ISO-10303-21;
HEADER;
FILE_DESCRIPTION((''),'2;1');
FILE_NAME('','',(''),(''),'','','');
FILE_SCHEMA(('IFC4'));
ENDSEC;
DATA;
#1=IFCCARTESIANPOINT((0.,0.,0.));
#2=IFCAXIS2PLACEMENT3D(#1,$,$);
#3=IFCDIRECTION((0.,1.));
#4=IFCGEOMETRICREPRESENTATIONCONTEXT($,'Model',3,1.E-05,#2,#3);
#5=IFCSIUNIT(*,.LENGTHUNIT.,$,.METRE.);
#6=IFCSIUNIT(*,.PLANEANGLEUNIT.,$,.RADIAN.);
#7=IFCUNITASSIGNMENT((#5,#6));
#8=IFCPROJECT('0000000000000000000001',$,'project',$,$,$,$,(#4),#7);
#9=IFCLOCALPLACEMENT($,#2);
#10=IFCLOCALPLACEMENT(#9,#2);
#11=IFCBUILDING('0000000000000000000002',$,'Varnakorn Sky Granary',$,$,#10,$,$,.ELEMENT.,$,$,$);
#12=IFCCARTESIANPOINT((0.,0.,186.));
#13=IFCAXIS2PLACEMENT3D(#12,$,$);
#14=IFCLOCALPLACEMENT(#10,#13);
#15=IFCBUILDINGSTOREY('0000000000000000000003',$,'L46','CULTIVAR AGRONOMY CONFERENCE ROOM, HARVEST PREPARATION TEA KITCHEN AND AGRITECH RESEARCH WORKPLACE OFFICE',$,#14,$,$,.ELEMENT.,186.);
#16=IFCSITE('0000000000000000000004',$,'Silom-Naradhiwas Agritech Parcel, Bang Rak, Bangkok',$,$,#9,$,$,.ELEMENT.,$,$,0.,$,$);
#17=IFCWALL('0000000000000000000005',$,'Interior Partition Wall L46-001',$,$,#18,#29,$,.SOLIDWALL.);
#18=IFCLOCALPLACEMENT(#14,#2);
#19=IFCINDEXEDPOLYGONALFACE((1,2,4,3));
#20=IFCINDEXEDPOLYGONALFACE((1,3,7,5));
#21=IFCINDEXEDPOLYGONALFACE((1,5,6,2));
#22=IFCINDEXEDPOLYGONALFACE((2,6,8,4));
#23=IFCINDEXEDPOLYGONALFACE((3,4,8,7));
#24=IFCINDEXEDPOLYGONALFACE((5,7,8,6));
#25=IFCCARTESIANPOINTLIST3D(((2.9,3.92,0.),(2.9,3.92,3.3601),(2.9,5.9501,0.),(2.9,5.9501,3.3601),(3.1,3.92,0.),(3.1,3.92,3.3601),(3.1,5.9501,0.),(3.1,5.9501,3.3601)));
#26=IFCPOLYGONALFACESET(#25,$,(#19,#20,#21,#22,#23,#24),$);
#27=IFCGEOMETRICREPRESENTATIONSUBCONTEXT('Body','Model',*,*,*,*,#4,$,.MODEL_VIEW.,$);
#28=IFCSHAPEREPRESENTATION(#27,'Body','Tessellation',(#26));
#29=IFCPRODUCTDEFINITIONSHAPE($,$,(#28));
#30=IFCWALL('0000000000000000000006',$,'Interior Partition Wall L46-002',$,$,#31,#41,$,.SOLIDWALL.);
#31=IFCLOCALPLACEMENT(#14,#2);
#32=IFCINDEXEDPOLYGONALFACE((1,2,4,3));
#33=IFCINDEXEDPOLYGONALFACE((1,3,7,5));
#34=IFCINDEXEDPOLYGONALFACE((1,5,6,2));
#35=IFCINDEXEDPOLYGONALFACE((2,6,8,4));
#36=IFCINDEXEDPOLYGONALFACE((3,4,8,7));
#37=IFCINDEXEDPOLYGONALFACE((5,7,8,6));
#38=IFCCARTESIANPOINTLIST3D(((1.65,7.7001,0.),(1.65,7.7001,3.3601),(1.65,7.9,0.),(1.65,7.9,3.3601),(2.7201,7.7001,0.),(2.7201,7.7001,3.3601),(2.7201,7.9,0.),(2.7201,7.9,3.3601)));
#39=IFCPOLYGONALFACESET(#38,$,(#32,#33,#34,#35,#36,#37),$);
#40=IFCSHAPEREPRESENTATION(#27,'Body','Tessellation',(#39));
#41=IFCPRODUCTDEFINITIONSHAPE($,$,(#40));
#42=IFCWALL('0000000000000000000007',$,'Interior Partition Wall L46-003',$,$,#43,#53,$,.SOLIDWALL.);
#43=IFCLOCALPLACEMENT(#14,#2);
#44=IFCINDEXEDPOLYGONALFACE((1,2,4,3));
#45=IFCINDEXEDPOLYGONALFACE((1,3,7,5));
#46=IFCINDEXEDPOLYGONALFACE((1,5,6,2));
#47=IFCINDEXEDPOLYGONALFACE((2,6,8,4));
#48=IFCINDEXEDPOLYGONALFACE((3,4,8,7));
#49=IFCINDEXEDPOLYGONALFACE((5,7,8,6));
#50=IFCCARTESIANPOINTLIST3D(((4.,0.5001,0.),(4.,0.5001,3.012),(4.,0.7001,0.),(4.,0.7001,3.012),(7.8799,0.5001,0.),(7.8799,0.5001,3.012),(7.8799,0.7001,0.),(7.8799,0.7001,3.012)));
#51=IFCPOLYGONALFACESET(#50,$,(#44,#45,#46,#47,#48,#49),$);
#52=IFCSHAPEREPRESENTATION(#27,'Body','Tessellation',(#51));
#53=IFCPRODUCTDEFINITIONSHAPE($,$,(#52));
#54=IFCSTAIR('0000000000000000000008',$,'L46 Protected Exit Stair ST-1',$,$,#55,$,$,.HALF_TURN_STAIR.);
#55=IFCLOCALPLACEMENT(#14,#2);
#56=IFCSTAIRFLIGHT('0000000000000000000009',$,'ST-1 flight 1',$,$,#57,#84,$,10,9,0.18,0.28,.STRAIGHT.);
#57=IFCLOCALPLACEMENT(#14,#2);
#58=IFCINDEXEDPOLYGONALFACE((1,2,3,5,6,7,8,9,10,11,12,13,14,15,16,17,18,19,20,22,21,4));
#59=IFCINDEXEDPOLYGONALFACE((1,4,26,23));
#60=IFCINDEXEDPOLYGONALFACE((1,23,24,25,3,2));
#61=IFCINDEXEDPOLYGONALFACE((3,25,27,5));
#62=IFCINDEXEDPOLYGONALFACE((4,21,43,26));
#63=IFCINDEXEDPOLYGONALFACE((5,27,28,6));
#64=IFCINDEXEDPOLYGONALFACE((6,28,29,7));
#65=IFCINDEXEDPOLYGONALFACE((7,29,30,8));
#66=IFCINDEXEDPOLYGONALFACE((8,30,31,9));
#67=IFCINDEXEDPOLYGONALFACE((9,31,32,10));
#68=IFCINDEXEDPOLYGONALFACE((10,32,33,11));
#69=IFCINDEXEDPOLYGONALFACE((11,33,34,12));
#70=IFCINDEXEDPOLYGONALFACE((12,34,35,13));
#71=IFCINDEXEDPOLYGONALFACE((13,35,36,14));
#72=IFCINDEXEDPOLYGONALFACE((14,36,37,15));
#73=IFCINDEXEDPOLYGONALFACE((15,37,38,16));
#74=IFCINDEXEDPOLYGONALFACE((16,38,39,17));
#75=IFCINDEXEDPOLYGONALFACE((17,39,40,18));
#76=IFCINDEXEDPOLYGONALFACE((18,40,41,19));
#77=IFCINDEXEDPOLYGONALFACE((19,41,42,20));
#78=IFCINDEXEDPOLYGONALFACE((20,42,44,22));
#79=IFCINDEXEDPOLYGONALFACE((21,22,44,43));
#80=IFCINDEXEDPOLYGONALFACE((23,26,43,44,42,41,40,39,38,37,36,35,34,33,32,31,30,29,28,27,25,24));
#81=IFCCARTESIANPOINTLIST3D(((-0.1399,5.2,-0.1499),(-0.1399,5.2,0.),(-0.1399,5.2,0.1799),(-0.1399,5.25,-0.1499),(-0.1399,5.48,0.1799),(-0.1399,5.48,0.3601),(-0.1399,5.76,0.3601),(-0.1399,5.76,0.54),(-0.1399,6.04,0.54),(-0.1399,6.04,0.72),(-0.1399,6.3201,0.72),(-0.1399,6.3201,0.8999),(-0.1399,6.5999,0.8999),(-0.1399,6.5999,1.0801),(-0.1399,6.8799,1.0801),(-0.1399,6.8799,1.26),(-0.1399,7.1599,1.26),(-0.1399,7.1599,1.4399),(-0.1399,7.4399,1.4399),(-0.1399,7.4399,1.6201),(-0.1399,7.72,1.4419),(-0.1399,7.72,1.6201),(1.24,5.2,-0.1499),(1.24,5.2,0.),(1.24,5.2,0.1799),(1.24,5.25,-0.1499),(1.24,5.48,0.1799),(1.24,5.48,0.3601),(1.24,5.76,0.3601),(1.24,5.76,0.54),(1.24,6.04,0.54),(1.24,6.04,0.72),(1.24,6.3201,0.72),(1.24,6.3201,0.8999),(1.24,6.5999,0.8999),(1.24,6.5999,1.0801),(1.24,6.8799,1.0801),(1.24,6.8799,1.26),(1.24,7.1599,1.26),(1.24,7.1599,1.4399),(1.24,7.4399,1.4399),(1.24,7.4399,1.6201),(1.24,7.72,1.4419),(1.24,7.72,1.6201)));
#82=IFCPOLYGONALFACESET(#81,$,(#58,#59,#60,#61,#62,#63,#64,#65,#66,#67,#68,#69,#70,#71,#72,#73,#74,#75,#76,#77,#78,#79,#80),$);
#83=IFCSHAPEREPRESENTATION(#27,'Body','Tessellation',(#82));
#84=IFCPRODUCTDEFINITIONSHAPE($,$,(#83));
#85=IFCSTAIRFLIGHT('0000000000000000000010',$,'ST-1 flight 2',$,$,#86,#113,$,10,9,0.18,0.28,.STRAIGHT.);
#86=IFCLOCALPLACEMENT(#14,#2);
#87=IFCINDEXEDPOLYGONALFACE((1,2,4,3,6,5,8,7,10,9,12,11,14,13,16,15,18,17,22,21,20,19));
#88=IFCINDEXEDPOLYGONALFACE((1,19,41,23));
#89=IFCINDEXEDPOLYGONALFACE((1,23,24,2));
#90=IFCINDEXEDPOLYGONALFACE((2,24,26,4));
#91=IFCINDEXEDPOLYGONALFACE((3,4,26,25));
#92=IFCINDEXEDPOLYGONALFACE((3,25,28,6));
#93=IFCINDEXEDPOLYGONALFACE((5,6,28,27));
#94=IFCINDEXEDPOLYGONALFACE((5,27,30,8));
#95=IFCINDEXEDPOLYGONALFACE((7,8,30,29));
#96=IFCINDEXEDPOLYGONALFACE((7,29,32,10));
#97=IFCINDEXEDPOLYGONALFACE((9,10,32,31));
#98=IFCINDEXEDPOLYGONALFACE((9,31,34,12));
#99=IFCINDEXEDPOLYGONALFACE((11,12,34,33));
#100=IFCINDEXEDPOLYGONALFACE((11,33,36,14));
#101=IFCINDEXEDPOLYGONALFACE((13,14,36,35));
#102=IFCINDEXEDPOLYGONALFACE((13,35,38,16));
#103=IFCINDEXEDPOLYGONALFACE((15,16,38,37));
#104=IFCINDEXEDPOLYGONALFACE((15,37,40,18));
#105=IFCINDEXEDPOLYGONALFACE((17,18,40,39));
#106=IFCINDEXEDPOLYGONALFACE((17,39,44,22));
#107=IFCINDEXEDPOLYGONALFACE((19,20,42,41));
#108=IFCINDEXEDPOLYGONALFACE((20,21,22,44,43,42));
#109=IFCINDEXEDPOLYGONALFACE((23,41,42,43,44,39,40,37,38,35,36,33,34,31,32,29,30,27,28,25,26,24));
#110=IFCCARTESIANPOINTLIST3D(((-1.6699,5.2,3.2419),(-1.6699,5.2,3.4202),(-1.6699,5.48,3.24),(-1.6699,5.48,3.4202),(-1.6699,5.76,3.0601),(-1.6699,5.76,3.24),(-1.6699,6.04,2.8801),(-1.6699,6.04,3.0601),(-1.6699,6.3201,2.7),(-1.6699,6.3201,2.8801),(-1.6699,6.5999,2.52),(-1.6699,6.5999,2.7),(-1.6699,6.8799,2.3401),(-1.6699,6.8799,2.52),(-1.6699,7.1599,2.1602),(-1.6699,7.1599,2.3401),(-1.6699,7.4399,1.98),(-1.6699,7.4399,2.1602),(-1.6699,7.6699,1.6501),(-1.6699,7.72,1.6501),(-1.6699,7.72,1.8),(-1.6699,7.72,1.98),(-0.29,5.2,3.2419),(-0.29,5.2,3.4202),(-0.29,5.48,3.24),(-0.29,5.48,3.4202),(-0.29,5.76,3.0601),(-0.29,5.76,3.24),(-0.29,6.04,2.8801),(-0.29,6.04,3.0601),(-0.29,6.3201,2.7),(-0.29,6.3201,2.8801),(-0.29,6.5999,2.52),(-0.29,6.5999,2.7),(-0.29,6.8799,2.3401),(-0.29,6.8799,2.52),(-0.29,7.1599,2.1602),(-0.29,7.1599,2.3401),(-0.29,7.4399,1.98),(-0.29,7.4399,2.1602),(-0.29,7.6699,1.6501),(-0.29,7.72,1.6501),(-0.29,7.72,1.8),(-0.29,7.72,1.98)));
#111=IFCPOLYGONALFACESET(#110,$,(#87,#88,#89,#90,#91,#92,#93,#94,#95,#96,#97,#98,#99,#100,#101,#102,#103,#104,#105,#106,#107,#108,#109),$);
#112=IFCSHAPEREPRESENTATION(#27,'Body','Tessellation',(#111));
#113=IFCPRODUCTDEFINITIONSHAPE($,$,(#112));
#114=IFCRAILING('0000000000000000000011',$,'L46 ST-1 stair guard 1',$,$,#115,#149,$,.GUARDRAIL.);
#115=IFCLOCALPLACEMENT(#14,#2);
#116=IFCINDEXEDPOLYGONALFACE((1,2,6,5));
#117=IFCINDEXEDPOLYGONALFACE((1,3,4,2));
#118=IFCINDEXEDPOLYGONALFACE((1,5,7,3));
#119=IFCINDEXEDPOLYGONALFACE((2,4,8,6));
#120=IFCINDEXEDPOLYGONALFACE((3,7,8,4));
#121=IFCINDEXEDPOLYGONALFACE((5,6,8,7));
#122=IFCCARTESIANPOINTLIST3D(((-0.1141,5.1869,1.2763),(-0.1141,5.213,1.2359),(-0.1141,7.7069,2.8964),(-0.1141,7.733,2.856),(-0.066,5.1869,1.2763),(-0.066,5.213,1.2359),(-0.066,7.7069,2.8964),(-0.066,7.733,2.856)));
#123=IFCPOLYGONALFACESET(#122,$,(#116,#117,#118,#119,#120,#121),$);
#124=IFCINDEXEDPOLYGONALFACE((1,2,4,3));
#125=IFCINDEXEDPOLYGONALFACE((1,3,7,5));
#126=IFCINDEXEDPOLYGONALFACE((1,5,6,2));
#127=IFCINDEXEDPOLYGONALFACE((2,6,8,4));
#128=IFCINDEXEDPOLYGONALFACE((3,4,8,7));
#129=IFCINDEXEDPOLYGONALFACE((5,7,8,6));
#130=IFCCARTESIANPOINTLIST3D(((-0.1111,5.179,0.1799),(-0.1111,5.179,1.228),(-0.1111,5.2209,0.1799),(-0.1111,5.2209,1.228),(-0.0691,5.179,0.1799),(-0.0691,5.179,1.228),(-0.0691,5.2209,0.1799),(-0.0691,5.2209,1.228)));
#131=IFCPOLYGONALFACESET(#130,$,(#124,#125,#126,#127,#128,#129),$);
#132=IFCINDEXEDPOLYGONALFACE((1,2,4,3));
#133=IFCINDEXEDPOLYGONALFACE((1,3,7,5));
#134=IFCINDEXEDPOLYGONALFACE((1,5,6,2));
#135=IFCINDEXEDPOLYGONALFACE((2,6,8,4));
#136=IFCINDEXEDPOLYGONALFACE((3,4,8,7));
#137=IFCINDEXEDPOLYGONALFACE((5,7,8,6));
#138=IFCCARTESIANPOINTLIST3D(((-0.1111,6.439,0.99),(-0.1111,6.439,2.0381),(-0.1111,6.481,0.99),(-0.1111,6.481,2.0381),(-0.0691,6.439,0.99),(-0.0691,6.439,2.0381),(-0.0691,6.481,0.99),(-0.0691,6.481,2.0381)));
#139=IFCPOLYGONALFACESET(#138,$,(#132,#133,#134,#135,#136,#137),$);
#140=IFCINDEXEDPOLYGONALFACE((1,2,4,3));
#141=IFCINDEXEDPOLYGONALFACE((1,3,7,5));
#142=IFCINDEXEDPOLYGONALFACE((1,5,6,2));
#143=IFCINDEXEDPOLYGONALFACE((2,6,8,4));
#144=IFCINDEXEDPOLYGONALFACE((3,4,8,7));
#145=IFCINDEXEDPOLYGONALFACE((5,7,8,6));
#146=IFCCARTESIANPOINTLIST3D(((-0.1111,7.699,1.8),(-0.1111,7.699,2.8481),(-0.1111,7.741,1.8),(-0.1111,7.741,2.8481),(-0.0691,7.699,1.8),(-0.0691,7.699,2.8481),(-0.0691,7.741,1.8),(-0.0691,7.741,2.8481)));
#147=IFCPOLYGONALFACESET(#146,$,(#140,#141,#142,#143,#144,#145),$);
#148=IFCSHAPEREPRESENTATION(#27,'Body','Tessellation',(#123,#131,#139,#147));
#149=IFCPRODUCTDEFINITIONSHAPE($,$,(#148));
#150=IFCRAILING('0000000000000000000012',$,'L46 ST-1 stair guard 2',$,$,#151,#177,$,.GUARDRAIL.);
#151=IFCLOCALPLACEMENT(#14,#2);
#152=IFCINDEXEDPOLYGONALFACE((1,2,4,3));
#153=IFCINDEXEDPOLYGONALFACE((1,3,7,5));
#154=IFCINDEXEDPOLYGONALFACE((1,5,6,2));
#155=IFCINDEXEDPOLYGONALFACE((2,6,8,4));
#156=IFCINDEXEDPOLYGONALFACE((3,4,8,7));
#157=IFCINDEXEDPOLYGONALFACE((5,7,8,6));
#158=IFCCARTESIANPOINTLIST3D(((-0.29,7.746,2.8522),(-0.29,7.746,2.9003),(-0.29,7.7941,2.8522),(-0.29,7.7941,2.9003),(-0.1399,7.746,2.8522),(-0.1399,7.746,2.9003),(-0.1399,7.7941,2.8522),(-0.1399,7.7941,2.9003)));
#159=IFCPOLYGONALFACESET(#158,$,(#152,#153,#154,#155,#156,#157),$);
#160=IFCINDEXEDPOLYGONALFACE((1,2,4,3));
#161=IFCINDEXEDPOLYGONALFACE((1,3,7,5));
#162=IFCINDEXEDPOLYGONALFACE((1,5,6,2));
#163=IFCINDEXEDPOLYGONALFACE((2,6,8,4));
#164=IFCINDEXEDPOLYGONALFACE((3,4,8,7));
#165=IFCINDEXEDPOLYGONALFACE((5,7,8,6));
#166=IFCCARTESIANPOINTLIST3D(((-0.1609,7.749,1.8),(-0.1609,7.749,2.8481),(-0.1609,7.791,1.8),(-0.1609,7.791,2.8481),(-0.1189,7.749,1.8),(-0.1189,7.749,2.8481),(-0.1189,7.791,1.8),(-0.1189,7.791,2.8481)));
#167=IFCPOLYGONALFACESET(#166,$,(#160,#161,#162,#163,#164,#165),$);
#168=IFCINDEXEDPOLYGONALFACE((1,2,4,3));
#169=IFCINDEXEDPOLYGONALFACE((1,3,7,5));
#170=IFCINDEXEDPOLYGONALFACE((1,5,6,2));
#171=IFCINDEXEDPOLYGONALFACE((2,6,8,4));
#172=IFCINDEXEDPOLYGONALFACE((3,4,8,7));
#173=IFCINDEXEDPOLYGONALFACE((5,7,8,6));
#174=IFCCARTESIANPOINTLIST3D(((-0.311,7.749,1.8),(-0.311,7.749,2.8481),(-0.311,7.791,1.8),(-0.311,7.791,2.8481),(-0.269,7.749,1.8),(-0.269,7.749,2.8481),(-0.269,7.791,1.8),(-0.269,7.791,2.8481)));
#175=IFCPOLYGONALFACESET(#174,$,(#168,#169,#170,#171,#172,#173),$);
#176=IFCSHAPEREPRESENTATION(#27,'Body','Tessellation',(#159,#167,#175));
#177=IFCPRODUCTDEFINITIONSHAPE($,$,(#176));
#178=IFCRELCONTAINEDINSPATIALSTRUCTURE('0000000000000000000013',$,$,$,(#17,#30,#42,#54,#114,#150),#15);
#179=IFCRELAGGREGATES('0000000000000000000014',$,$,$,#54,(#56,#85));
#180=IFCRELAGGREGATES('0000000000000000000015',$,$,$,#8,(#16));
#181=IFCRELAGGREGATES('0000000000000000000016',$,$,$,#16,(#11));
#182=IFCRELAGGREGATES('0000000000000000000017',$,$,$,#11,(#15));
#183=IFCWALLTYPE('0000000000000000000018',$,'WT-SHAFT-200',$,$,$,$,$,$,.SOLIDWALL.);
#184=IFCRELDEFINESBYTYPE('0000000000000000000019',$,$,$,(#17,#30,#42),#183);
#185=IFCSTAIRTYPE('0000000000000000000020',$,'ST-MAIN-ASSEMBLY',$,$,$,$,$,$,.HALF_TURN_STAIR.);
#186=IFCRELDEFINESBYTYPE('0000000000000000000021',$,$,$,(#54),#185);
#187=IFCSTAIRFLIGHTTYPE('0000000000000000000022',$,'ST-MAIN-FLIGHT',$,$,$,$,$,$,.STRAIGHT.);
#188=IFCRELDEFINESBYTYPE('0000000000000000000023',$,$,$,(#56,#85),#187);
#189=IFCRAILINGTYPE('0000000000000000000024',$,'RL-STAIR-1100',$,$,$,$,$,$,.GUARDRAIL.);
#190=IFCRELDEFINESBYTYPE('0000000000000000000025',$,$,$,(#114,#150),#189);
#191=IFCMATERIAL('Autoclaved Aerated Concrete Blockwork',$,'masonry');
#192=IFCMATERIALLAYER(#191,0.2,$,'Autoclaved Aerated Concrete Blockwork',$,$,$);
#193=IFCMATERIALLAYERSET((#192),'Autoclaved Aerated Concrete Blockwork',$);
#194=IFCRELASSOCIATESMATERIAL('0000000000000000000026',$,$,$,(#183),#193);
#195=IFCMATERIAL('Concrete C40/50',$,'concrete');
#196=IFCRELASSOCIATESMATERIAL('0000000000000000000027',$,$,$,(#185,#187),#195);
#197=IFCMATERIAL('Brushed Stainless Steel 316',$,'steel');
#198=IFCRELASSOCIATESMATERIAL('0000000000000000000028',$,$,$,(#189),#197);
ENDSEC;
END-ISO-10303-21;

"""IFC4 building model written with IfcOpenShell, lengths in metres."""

from ifc_helpers import new_model, si_unit, direction, frame, frame_2d, origin, origin_2d, place, context, subcontext, project, spatial, polyline, rectangle, outline, extrude, material, layer, layer_set, type_object, element, aggregate, save


model = new_model("IFC4")

# Units and contexts
model_context = context("Model", 3, precision=1e-05, world=origin(), true_north=direction((0.0, 1.0)))
body_context = subcontext(model_context, "Body", "Model", "MODEL_VIEW")
ifc_project = project(units=[si_unit("LENGTHUNIT", "METRE"), si_unit("PLANEANGLEUNIT", "RADIAN")], contexts=[model_context])

# Site, building, storey
site_placement = place(None, origin())
site = spatial("IfcSite", under=ifc_project, at=site_placement, Name="Silom-Naradhiwas Agritech Parcel, Bang Rak, Bangkok", CompositionType="ELEMENT", RefElevation=0.0)
building_placement = place(site_placement, origin())
building = spatial("IfcBuilding", under=site, at=building_placement, Name="Varnakorn Sky Granary", CompositionType="ELEMENT")
storey_placement = place(building_placement, frame((0.0, 0.0, 186.0)))
storey = spatial("IfcBuildingStorey", under=building, at=storey_placement, Name="L46", Description="CULTIVAR AGRONOMY CONFERENCE ROOM, HARVEST PREPARATION TEA KITCHEN AND AGRITECH RESEARCH WORKPLACE OFFICE", CompositionType="ELEMENT", Elevation=186.0)

# Shared definitions
ifc_material_1 = material(Name="Autoclaved Aerated Concrete Blockwork", Category="masonry")

# Walls
ifc_layer_1 = layer(ifc_material_1, 0.2, Name="Autoclaved Aerated Concrete Blockwork")
ifc_layer_set_1 = layer_set([ifc_layer_1], Name="Autoclaved Aerated Concrete Blockwork")
wall_type_1 = type_object("IfcWallType", Name="WT-SHAFT-200", PredefinedType="SOLIDWALL", material=ifc_layer_set_1)
wall_1_placement = place(storey_placement, frame((3.0, 3.9199, 0.0), z_axis=(0.0, 0.0, 1.0), x_axis=(0.0, 1.0, 0.0)))
element("IfcWall", 1, at=wall_1_placement, inside=storey, type_object=wall_type_1, Name="Interior Partition Wall L46-001", PredefinedType="SOLIDWALL", context=body_context, shape_type="SweptSolid", body=[
    extrude(rectangle(XDim=2.03, YDim=0.2, at=frame_2d((1.0151, 0.0))), origin(), (0.0, 0.0, 1.0), 3.3601),
])
wall_2_placement = place(storey_placement, frame((1.6499, 7.8, 0.0), z_axis=(0.0, 0.0, 1.0), x_axis=(1.0, 0.0, 0.0)))
element("IfcWall", 2, at=wall_2_placement, inside=storey, type_object=wall_type_1, Name="Interior Partition Wall L46-002", PredefinedType="SOLIDWALL", context=body_context, shape_type="SweptSolid", body=[
    extrude(rectangle(XDim=1.0701, YDim=0.2, at=frame_2d((0.5352, 0.0))), origin(), (0.0, 0.0, 1.0), 3.3601),
])
wall_3_placement = place(storey_placement, frame((4.0, 0.6001, 0.0), z_axis=(0.0, 0.0, 1.0), x_axis=(1.0, 0.0, 0.0)))
element("IfcWall", 3, at=wall_3_placement, inside=storey, type_object=wall_type_1, Name="Interior Partition Wall L46-003", PredefinedType="SOLIDWALL", context=body_context, shape_type="SweptSolid", body=[
    extrude(rectangle(XDim=3.8799, YDim=0.2, at=frame_2d((1.9399, 0.0))), origin(), (0.0, 0.0, 1.0), 3.012),
])

# Stair, stair flights
ifc_material_2 = material(Name="Concrete C40/50", Category="concrete")
stair_type = type_object("IfcStairType", Name="ST-MAIN-ASSEMBLY", PredefinedType="HALF_TURN_STAIR", material=ifc_material_2)
stair_placement = place(storey_placement, origin())
stair = element("IfcStair", 4, at=stair_placement, inside=storey, type_object=stair_type, Name="L46 Protected Exit Stair ST-1", PredefinedType="HALF_TURN_STAIR")
stair_flight_type = type_object("IfcStairFlightType", Name="ST-MAIN-FLIGHT", PredefinedType="STRAIGHT", material=ifc_material_2)
stair_flight_1_placement = place(storey_placement, frame((0.55, 5.2, 0.0), z_axis=(0.0, 0.0, 1.0), x_axis=(0.0, 1.0, 0.0)))
stair_flight_1 = element("IfcStairFlight", 5, at=stair_flight_1_placement, type_object=stair_flight_type, Name="ST-1 flight 1", NumberOfRisers=10, NumberOfTreads=9, PredefinedType="STRAIGHT", RiserHeight=0.18, TreadLength=0.28, context=body_context, shape_type="SweptSolid", body=[
    extrude(outline(polyline([(0.0, -0.1499), (0.0, 0.0), (0.0, 0.1799), (0.28, 0.1799), (0.28, 0.3601), (0.5601, 0.3601), (0.5601, 0.54), (0.8401, 0.54), (0.8401, 0.72), (1.1201, 0.72), (1.1201, 0.8999), (1.3999, 0.8999), (1.3999, 1.0801), (1.6799, 1.0801), (1.6799, 1.26), (1.96, 1.26), (1.96, 1.4399), (2.24, 1.4399), (2.24, 1.6201), (2.52, 1.6201), (2.52, 1.8), (2.52, 1.4419), (0.05, -0.1499), (0.0, -0.1499)])), frame((0.0, 0.6899, 0.0), z_axis=(0.0, -1.0, 0.0), x_axis=(1.0, 0.0, 0.0)), (0.0, 0.0, 1.0), 1.3799),
])
stair_flight_2_placement = place(storey_placement, frame((-0.98, 7.72, 1.8), z_axis=(0.0, 0.0, 1.0), x_axis=(0.0, -1.0, 0.0)))
stair_flight_2 = element("IfcStairFlight", 6, at=stair_flight_2_placement, type_object=stair_flight_type, Name="ST-1 flight 2", NumberOfRisers=10, NumberOfTreads=9, PredefinedType="STRAIGHT", RiserHeight=0.18, TreadLength=0.28, context=body_context, shape_type="SweptSolid", body=[
    extrude(outline(polyline([(0.0, -0.1499), (0.0, 0.0), (0.0, 0.1799), (0.28, 0.1799), (0.28, 0.3601), (0.5601, 0.3601), (0.5601, 0.54), (0.8401, 0.54), (0.8401, 0.72), (1.1201, 0.72), (1.1201, 0.8999), (1.3999, 0.8999), (1.3999, 1.0801), (1.6799, 1.0801), (1.6799, 1.26), (1.96, 1.26), (1.96, 1.4399), (2.24, 1.4399), (2.24, 1.6201), (2.52, 1.6201), (2.52, 1.8), (2.52, 1.4419), (0.05, -0.1499), (0.0, -0.1499)])), frame((0.0, 0.6899, 0.0), z_axis=(0.0, -1.0, 0.0), x_axis=(1.0, 0.0, 0.0)), (0.0, 0.0, 1.0), 1.3799),
])
aggregate(stair, [stair_flight_1, stair_flight_2])

# Railings
ifc_material_3 = material(Name="Brushed Stainless Steel 316", Category="steel")
railing_type_1 = type_object("IfcRailingType", Name="RL-STAIR-1100", PredefinedType="GUARDRAIL", material=ifc_material_3)
railing_1_placement = place(storey_placement, frame((-0.0901, 5.2, 0.1799)))
element("IfcRailing", 7, at=railing_1_placement, inside=storey, type_object=railing_type_1, Name="L46 ST-1 stair guard 1", PredefinedType="GUARDRAIL", context=body_context, shape_type="SweptSolid", body=[
    extrude(rectangle(XDim=0.0481, YDim=0.0481, at=origin_2d()), frame((0.0, 0.0, 1.0762), z_axis=(0.0, 0.841163, 0.540782), x_axis=(-1.0, 0.0, 0.0)), (0.0, 0.0, 1.0), 2.9958),
    extrude(rectangle(XDim=0.042, YDim=0.042, at=origin_2d()), origin(), (0.0, 0.0, 1.0), 1.0481),
    extrude(rectangle(XDim=0.042, YDim=0.042, at=origin_2d()), frame((0.0, 1.26, 0.8101)), (0.0, 0.0, 1.0), 1.0481),
    extrude(rectangle(XDim=0.042, YDim=0.042, at=origin_2d()), frame((0.0, 2.52, 1.6201)), (0.0, 0.0, 1.0), 1.0481),
])
railing_2_placement = place(storey_placement, frame((-0.1399, 7.77, 1.8)))
element("IfcRailing", 8, at=railing_2_placement, inside=storey, type_object=railing_type_1, Name="L46 ST-1 stair guard 2", PredefinedType="GUARDRAIL", context=body_context, shape_type="SweptSolid", body=[
    extrude(rectangle(XDim=0.0481, YDim=0.0481, at=origin_2d()), frame((0.0, 0.0, 1.0762), z_axis=(-1.0, 0.0, 0.0), x_axis=(0.0, -1.0, 0.0)), (0.0, 0.0, 1.0), 0.1501),
    extrude(rectangle(XDim=0.042, YDim=0.042, at=origin_2d()), origin(), (0.0, 0.0, 1.0), 1.0481),
    extrude(rectangle(XDim=0.042, YDim=0.042, at=origin_2d()), frame((-0.1501, 0.0, 0.0)), (0.0, 0.0, 1.0), 1.0481),
])

save(model, "model.ifc")
